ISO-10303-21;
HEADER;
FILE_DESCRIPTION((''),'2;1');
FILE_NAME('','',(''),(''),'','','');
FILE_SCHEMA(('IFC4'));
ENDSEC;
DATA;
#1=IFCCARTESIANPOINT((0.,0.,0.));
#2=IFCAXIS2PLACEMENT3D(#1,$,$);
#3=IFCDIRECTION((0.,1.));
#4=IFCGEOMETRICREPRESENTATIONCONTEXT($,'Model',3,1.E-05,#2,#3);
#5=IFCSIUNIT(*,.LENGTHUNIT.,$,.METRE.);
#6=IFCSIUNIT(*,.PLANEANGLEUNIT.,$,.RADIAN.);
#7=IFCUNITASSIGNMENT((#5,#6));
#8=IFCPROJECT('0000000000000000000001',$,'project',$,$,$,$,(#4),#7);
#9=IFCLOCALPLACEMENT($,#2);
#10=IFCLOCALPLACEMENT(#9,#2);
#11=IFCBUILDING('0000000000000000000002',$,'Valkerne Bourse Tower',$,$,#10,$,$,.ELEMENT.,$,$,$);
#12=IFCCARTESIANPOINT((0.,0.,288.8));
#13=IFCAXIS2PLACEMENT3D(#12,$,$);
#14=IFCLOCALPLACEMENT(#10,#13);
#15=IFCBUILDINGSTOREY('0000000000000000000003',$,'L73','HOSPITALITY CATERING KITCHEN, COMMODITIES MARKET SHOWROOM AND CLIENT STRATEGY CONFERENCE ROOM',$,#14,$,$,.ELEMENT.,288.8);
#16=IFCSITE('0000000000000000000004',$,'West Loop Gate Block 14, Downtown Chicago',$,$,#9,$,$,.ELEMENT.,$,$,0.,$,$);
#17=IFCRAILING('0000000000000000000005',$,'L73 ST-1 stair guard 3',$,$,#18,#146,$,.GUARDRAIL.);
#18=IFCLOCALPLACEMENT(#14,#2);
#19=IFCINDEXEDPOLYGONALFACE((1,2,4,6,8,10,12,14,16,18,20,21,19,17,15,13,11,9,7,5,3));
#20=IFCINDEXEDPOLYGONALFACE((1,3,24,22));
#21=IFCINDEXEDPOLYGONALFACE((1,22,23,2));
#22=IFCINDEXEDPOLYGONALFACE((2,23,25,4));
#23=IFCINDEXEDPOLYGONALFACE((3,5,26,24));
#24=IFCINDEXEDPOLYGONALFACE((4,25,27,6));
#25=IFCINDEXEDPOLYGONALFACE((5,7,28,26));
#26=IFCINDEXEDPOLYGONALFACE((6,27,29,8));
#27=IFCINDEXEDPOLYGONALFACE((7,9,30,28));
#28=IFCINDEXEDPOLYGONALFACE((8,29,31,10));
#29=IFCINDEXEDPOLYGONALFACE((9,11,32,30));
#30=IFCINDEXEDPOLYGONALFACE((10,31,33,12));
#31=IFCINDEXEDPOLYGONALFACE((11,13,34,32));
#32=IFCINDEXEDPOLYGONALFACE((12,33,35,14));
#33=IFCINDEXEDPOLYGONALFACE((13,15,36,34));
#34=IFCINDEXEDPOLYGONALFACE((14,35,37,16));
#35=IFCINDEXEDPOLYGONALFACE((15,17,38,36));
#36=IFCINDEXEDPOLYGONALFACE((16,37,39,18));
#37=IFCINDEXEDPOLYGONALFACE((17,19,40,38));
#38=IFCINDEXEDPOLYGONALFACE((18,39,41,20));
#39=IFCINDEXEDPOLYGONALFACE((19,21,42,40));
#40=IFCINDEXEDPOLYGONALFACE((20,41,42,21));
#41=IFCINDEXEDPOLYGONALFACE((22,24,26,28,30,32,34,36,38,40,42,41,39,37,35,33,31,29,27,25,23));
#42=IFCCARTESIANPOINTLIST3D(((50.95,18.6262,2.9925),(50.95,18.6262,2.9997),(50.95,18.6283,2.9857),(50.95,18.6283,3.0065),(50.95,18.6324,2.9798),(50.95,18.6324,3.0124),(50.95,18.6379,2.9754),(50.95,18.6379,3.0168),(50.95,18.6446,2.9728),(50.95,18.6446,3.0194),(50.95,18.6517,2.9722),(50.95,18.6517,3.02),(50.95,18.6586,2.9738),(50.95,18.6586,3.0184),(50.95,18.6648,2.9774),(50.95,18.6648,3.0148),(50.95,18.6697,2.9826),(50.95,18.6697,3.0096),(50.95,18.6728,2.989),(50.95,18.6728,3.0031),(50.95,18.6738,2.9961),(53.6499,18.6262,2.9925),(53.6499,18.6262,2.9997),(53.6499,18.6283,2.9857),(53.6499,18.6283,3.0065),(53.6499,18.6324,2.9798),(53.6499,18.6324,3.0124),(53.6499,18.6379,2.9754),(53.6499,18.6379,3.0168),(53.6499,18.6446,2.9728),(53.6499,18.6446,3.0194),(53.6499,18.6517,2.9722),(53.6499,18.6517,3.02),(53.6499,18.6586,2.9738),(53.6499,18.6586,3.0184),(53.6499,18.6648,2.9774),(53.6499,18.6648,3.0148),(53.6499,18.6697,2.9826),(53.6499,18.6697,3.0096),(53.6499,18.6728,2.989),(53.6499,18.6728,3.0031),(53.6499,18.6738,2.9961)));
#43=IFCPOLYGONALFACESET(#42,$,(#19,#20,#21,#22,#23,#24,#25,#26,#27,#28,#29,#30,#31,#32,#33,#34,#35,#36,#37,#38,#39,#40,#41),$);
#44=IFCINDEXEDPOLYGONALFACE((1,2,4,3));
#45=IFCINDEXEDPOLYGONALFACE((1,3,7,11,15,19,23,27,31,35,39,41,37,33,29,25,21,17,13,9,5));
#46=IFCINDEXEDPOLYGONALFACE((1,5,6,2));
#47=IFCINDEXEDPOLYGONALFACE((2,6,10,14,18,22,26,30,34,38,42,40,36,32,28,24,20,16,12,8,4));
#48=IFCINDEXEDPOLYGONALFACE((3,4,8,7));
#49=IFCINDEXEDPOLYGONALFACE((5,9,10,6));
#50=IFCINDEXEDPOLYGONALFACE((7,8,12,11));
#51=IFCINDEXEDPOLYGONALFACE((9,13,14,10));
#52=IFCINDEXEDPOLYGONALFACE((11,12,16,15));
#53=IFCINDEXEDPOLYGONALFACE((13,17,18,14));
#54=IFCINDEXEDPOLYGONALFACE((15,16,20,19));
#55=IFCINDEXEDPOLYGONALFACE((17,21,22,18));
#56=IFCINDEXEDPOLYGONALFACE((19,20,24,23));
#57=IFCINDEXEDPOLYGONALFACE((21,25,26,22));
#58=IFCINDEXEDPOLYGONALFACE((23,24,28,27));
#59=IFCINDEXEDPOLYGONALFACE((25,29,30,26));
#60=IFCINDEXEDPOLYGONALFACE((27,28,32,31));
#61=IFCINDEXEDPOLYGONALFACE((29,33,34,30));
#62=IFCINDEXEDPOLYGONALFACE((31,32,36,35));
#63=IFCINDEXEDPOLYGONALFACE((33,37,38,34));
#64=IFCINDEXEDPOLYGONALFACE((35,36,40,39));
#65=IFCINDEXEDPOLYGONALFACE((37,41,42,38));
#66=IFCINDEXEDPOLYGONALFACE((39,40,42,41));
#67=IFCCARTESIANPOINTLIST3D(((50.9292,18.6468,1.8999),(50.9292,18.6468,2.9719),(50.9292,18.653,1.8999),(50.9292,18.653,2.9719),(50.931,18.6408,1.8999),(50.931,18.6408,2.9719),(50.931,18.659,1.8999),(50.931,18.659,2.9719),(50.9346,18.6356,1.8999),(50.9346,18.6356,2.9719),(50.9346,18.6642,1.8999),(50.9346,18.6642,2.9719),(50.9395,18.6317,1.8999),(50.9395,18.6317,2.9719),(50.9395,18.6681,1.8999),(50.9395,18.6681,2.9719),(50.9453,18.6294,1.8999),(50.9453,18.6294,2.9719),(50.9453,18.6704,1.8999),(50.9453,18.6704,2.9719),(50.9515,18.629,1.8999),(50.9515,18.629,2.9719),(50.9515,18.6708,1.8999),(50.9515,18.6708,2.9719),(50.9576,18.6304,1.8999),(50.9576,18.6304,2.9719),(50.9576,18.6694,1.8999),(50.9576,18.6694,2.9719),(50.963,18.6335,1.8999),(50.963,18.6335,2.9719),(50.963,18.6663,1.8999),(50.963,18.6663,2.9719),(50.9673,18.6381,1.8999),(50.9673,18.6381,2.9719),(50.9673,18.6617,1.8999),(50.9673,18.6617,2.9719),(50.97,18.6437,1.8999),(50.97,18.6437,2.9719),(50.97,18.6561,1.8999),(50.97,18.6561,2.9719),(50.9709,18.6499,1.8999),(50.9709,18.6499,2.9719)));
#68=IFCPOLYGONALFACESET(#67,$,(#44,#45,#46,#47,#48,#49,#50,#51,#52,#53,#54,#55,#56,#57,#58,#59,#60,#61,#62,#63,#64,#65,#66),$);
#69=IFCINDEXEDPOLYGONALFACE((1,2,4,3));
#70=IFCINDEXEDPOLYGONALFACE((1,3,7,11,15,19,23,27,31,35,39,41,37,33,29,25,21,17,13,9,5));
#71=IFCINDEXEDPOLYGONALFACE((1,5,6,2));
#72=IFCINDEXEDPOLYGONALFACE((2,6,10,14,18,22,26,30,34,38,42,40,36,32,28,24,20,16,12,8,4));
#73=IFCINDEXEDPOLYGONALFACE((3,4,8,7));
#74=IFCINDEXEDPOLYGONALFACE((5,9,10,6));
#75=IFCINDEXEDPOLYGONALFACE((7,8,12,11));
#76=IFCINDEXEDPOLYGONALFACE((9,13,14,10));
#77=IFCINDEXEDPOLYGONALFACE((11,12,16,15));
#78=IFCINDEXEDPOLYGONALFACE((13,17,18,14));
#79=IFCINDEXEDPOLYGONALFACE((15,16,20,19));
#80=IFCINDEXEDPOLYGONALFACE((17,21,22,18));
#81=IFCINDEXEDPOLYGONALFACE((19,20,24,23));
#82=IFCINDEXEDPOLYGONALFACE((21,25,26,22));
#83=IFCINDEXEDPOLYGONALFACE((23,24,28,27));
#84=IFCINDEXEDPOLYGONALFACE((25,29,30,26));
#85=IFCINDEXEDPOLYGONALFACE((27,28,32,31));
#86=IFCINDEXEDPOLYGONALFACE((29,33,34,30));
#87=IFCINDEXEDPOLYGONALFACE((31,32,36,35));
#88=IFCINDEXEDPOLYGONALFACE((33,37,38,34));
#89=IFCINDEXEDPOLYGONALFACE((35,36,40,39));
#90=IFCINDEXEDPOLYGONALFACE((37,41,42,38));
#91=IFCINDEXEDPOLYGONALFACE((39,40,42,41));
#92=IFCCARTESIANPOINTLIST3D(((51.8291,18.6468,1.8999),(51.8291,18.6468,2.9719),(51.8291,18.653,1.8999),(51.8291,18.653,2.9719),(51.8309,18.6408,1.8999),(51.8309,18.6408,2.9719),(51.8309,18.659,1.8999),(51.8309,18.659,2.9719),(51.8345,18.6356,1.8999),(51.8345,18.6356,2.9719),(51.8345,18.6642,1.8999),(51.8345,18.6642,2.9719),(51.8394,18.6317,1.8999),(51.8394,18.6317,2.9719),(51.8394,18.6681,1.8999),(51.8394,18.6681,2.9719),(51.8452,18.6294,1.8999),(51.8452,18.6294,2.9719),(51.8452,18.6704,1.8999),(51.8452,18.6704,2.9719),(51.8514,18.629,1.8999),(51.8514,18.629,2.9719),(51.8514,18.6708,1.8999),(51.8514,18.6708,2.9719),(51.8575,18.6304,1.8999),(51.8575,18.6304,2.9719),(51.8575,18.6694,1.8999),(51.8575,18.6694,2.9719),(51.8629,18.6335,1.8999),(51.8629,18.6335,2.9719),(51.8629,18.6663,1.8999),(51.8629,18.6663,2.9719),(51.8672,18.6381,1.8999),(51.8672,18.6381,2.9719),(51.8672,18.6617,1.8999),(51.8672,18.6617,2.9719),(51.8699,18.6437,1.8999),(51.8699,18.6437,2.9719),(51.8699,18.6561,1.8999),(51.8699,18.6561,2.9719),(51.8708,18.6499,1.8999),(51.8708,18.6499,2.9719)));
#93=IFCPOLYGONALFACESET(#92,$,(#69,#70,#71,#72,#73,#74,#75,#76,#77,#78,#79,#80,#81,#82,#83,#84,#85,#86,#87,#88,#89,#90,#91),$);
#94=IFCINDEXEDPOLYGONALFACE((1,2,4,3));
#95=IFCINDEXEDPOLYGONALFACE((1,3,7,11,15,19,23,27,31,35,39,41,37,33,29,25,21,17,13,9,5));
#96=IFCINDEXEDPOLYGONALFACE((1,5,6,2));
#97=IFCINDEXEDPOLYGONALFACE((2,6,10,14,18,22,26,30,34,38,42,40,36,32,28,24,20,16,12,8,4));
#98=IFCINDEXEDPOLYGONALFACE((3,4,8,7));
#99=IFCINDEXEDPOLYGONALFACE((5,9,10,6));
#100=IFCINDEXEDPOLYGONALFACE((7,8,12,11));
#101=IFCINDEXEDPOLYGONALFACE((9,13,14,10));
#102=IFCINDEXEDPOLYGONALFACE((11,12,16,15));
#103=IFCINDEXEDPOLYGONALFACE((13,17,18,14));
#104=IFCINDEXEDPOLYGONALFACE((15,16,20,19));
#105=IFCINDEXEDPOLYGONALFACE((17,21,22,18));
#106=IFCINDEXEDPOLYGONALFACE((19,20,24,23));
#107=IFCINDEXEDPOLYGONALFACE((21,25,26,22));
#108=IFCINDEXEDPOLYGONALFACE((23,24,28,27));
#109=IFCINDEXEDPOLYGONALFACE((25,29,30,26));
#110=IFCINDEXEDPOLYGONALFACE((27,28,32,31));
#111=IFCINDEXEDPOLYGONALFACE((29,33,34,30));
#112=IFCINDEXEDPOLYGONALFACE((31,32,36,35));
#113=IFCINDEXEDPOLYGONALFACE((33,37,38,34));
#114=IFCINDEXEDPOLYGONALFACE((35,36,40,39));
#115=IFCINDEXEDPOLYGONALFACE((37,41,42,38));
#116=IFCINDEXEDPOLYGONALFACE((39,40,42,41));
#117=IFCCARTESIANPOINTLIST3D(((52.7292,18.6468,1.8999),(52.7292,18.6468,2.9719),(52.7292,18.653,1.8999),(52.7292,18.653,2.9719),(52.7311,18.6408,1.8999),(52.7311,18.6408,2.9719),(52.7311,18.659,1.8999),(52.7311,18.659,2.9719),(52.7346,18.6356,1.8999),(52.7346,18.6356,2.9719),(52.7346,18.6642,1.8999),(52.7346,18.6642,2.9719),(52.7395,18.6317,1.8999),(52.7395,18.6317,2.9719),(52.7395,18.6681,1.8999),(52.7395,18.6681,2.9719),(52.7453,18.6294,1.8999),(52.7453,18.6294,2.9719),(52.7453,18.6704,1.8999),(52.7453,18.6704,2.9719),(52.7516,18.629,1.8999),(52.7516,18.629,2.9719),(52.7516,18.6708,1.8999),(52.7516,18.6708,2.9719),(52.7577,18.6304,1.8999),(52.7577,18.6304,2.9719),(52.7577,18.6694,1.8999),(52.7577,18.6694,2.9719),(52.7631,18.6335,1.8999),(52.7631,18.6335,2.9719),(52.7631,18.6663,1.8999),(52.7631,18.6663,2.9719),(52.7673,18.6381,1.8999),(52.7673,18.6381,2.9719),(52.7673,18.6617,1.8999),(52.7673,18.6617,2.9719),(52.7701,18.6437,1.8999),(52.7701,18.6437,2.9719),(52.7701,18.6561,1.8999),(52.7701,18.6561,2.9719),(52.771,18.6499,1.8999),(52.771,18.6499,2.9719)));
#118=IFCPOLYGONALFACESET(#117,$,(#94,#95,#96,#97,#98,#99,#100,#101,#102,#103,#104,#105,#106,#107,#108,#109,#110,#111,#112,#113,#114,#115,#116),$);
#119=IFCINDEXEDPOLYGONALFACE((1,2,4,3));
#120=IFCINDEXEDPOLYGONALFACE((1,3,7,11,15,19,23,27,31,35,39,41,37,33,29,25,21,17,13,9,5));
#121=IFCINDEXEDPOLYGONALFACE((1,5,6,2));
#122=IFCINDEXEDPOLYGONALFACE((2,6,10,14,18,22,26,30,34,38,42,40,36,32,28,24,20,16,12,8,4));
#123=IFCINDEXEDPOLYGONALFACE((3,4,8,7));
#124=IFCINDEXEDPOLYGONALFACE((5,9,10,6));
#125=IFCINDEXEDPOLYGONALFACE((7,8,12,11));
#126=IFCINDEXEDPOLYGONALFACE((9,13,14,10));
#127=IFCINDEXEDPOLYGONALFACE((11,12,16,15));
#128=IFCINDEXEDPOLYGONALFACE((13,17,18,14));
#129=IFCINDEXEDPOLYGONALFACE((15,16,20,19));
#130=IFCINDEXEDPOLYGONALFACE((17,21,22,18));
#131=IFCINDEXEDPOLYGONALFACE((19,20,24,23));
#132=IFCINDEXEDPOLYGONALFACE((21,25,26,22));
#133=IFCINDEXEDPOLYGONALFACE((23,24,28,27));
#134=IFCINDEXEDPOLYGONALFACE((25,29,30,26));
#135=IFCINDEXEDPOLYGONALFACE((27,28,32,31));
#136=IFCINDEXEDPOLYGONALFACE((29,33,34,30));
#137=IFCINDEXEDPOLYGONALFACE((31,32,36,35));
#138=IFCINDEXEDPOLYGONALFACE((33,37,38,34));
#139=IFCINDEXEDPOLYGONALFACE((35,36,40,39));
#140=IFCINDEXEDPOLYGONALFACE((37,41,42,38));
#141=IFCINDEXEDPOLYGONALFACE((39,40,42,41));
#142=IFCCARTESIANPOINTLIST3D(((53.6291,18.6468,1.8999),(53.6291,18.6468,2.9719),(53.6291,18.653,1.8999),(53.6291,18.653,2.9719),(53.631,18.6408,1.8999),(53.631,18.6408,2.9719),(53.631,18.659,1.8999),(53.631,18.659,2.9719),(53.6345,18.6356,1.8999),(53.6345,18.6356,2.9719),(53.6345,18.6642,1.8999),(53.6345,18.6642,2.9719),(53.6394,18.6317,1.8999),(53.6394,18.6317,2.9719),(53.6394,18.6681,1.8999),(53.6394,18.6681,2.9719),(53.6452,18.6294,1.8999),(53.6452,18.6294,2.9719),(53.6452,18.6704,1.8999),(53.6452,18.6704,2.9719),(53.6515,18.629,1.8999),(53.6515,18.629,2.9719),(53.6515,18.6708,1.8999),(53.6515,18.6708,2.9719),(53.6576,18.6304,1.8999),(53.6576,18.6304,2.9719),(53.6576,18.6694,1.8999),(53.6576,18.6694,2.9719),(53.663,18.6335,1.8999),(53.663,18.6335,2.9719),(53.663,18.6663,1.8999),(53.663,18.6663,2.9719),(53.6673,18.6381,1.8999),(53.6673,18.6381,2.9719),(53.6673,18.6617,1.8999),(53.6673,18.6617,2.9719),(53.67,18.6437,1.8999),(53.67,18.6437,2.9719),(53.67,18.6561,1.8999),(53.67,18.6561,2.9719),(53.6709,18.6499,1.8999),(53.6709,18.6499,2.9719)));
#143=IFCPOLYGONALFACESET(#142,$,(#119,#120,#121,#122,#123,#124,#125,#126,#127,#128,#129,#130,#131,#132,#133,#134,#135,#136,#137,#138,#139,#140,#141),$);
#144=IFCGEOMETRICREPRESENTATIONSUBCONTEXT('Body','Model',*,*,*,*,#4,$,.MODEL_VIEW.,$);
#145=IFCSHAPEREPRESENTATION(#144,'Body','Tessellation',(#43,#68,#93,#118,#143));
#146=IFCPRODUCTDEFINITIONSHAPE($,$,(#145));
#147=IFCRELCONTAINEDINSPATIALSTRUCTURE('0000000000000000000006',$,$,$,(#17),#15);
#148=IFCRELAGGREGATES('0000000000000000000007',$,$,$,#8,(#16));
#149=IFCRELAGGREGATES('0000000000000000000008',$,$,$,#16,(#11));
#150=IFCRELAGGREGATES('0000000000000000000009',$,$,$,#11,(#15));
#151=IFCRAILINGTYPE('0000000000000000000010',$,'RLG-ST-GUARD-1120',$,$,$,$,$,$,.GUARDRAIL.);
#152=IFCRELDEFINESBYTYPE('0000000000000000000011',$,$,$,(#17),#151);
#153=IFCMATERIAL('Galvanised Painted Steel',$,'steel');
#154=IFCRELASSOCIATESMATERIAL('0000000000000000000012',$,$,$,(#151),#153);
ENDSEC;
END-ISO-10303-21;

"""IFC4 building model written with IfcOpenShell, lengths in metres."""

from ifc_helpers import new_model, si_unit, direction, frame, origin, origin_2d, place, context, subcontext, project, spatial, circle, extrude, material, type_object, element, save


model = new_model("IFC4")

# Units and contexts
model_context = context("Model", 3, precision=1e-05, world=origin(), true_north=direction((0.0, 1.0)))
body_context = subcontext(model_context, "Body", "Model", "MODEL_VIEW")
ifc_project = project(units=[si_unit("LENGTHUNIT", "METRE"), si_unit("PLANEANGLEUNIT", "RADIAN")], contexts=[model_context])

# Site, building, storey
site_placement = place(None, origin())
site = spatial("IfcSite", under=ifc_project, at=site_placement, Name="West Loop Gate Block 14, Downtown Chicago", CompositionType="ELEMENT", RefElevation=0.0)
building_placement = place(site_placement, origin())
building = spatial("IfcBuilding", under=site, at=building_placement, Name="Valkerne Bourse Tower", CompositionType="ELEMENT")
storey_placement = place(building_placement, frame((0.0, 0.0, 288.8)))
storey = spatial("IfcBuildingStorey", under=building, at=storey_placement, Name="L73", Description="HOSPITALITY CATERING KITCHEN, COMMODITIES MARKET SHOWROOM AND CLIENT STRATEGY CONFERENCE ROOM", CompositionType="ELEMENT", Elevation=288.8)

# Shared definitions
ifc_material_1 = material(Name="Galvanised Painted Steel", Category="steel")

# Railing
railing_type_1 = type_object("IfcRailingType", Name="RLG-ST-GUARD-1120", PredefinedType="GUARDRAIL", material=ifc_material_1)
for number, where, name in (
    (1, (50.95, 18.6499, 1.8999), "L73 ST-1 stair guard 3"),
):
    element("IfcRailing", number, at=place(storey_placement, frame(where)), inside=storey, type_object=railing_type_1, Name=name, PredefinedType="GUARDRAIL", context=body_context, shape_type="SweptSolid", body=[
        extrude(circle(Radius=0.0239, at=origin_2d()), frame((0.0, 0.0, 1.0962), z_axis=(1.0, 0.0, 0.0), x_axis=(0.0, 1.0, 0.0)), (0.0, 0.0, 1.0), 2.7),
        extrude(circle(Radius=0.021, at=origin_2d()), origin(), (0.0, 0.0, 1.0), 1.072),
        extrude(circle(Radius=0.021, at=origin_2d()), frame((0.8999, 0.0, 0.0)), (0.0, 0.0, 1.0), 1.072),
        extrude(circle(Radius=0.021, at=origin_2d()), frame((1.8, 0.0, 0.0)), (0.0, 0.0, 1.0), 1.072),
        extrude(circle(Radius=0.021, at=origin_2d()), frame((2.7, 0.0, 0.0)), (0.0, 0.0, 1.0), 1.072),
    ])

save(model, "model.ifc")
